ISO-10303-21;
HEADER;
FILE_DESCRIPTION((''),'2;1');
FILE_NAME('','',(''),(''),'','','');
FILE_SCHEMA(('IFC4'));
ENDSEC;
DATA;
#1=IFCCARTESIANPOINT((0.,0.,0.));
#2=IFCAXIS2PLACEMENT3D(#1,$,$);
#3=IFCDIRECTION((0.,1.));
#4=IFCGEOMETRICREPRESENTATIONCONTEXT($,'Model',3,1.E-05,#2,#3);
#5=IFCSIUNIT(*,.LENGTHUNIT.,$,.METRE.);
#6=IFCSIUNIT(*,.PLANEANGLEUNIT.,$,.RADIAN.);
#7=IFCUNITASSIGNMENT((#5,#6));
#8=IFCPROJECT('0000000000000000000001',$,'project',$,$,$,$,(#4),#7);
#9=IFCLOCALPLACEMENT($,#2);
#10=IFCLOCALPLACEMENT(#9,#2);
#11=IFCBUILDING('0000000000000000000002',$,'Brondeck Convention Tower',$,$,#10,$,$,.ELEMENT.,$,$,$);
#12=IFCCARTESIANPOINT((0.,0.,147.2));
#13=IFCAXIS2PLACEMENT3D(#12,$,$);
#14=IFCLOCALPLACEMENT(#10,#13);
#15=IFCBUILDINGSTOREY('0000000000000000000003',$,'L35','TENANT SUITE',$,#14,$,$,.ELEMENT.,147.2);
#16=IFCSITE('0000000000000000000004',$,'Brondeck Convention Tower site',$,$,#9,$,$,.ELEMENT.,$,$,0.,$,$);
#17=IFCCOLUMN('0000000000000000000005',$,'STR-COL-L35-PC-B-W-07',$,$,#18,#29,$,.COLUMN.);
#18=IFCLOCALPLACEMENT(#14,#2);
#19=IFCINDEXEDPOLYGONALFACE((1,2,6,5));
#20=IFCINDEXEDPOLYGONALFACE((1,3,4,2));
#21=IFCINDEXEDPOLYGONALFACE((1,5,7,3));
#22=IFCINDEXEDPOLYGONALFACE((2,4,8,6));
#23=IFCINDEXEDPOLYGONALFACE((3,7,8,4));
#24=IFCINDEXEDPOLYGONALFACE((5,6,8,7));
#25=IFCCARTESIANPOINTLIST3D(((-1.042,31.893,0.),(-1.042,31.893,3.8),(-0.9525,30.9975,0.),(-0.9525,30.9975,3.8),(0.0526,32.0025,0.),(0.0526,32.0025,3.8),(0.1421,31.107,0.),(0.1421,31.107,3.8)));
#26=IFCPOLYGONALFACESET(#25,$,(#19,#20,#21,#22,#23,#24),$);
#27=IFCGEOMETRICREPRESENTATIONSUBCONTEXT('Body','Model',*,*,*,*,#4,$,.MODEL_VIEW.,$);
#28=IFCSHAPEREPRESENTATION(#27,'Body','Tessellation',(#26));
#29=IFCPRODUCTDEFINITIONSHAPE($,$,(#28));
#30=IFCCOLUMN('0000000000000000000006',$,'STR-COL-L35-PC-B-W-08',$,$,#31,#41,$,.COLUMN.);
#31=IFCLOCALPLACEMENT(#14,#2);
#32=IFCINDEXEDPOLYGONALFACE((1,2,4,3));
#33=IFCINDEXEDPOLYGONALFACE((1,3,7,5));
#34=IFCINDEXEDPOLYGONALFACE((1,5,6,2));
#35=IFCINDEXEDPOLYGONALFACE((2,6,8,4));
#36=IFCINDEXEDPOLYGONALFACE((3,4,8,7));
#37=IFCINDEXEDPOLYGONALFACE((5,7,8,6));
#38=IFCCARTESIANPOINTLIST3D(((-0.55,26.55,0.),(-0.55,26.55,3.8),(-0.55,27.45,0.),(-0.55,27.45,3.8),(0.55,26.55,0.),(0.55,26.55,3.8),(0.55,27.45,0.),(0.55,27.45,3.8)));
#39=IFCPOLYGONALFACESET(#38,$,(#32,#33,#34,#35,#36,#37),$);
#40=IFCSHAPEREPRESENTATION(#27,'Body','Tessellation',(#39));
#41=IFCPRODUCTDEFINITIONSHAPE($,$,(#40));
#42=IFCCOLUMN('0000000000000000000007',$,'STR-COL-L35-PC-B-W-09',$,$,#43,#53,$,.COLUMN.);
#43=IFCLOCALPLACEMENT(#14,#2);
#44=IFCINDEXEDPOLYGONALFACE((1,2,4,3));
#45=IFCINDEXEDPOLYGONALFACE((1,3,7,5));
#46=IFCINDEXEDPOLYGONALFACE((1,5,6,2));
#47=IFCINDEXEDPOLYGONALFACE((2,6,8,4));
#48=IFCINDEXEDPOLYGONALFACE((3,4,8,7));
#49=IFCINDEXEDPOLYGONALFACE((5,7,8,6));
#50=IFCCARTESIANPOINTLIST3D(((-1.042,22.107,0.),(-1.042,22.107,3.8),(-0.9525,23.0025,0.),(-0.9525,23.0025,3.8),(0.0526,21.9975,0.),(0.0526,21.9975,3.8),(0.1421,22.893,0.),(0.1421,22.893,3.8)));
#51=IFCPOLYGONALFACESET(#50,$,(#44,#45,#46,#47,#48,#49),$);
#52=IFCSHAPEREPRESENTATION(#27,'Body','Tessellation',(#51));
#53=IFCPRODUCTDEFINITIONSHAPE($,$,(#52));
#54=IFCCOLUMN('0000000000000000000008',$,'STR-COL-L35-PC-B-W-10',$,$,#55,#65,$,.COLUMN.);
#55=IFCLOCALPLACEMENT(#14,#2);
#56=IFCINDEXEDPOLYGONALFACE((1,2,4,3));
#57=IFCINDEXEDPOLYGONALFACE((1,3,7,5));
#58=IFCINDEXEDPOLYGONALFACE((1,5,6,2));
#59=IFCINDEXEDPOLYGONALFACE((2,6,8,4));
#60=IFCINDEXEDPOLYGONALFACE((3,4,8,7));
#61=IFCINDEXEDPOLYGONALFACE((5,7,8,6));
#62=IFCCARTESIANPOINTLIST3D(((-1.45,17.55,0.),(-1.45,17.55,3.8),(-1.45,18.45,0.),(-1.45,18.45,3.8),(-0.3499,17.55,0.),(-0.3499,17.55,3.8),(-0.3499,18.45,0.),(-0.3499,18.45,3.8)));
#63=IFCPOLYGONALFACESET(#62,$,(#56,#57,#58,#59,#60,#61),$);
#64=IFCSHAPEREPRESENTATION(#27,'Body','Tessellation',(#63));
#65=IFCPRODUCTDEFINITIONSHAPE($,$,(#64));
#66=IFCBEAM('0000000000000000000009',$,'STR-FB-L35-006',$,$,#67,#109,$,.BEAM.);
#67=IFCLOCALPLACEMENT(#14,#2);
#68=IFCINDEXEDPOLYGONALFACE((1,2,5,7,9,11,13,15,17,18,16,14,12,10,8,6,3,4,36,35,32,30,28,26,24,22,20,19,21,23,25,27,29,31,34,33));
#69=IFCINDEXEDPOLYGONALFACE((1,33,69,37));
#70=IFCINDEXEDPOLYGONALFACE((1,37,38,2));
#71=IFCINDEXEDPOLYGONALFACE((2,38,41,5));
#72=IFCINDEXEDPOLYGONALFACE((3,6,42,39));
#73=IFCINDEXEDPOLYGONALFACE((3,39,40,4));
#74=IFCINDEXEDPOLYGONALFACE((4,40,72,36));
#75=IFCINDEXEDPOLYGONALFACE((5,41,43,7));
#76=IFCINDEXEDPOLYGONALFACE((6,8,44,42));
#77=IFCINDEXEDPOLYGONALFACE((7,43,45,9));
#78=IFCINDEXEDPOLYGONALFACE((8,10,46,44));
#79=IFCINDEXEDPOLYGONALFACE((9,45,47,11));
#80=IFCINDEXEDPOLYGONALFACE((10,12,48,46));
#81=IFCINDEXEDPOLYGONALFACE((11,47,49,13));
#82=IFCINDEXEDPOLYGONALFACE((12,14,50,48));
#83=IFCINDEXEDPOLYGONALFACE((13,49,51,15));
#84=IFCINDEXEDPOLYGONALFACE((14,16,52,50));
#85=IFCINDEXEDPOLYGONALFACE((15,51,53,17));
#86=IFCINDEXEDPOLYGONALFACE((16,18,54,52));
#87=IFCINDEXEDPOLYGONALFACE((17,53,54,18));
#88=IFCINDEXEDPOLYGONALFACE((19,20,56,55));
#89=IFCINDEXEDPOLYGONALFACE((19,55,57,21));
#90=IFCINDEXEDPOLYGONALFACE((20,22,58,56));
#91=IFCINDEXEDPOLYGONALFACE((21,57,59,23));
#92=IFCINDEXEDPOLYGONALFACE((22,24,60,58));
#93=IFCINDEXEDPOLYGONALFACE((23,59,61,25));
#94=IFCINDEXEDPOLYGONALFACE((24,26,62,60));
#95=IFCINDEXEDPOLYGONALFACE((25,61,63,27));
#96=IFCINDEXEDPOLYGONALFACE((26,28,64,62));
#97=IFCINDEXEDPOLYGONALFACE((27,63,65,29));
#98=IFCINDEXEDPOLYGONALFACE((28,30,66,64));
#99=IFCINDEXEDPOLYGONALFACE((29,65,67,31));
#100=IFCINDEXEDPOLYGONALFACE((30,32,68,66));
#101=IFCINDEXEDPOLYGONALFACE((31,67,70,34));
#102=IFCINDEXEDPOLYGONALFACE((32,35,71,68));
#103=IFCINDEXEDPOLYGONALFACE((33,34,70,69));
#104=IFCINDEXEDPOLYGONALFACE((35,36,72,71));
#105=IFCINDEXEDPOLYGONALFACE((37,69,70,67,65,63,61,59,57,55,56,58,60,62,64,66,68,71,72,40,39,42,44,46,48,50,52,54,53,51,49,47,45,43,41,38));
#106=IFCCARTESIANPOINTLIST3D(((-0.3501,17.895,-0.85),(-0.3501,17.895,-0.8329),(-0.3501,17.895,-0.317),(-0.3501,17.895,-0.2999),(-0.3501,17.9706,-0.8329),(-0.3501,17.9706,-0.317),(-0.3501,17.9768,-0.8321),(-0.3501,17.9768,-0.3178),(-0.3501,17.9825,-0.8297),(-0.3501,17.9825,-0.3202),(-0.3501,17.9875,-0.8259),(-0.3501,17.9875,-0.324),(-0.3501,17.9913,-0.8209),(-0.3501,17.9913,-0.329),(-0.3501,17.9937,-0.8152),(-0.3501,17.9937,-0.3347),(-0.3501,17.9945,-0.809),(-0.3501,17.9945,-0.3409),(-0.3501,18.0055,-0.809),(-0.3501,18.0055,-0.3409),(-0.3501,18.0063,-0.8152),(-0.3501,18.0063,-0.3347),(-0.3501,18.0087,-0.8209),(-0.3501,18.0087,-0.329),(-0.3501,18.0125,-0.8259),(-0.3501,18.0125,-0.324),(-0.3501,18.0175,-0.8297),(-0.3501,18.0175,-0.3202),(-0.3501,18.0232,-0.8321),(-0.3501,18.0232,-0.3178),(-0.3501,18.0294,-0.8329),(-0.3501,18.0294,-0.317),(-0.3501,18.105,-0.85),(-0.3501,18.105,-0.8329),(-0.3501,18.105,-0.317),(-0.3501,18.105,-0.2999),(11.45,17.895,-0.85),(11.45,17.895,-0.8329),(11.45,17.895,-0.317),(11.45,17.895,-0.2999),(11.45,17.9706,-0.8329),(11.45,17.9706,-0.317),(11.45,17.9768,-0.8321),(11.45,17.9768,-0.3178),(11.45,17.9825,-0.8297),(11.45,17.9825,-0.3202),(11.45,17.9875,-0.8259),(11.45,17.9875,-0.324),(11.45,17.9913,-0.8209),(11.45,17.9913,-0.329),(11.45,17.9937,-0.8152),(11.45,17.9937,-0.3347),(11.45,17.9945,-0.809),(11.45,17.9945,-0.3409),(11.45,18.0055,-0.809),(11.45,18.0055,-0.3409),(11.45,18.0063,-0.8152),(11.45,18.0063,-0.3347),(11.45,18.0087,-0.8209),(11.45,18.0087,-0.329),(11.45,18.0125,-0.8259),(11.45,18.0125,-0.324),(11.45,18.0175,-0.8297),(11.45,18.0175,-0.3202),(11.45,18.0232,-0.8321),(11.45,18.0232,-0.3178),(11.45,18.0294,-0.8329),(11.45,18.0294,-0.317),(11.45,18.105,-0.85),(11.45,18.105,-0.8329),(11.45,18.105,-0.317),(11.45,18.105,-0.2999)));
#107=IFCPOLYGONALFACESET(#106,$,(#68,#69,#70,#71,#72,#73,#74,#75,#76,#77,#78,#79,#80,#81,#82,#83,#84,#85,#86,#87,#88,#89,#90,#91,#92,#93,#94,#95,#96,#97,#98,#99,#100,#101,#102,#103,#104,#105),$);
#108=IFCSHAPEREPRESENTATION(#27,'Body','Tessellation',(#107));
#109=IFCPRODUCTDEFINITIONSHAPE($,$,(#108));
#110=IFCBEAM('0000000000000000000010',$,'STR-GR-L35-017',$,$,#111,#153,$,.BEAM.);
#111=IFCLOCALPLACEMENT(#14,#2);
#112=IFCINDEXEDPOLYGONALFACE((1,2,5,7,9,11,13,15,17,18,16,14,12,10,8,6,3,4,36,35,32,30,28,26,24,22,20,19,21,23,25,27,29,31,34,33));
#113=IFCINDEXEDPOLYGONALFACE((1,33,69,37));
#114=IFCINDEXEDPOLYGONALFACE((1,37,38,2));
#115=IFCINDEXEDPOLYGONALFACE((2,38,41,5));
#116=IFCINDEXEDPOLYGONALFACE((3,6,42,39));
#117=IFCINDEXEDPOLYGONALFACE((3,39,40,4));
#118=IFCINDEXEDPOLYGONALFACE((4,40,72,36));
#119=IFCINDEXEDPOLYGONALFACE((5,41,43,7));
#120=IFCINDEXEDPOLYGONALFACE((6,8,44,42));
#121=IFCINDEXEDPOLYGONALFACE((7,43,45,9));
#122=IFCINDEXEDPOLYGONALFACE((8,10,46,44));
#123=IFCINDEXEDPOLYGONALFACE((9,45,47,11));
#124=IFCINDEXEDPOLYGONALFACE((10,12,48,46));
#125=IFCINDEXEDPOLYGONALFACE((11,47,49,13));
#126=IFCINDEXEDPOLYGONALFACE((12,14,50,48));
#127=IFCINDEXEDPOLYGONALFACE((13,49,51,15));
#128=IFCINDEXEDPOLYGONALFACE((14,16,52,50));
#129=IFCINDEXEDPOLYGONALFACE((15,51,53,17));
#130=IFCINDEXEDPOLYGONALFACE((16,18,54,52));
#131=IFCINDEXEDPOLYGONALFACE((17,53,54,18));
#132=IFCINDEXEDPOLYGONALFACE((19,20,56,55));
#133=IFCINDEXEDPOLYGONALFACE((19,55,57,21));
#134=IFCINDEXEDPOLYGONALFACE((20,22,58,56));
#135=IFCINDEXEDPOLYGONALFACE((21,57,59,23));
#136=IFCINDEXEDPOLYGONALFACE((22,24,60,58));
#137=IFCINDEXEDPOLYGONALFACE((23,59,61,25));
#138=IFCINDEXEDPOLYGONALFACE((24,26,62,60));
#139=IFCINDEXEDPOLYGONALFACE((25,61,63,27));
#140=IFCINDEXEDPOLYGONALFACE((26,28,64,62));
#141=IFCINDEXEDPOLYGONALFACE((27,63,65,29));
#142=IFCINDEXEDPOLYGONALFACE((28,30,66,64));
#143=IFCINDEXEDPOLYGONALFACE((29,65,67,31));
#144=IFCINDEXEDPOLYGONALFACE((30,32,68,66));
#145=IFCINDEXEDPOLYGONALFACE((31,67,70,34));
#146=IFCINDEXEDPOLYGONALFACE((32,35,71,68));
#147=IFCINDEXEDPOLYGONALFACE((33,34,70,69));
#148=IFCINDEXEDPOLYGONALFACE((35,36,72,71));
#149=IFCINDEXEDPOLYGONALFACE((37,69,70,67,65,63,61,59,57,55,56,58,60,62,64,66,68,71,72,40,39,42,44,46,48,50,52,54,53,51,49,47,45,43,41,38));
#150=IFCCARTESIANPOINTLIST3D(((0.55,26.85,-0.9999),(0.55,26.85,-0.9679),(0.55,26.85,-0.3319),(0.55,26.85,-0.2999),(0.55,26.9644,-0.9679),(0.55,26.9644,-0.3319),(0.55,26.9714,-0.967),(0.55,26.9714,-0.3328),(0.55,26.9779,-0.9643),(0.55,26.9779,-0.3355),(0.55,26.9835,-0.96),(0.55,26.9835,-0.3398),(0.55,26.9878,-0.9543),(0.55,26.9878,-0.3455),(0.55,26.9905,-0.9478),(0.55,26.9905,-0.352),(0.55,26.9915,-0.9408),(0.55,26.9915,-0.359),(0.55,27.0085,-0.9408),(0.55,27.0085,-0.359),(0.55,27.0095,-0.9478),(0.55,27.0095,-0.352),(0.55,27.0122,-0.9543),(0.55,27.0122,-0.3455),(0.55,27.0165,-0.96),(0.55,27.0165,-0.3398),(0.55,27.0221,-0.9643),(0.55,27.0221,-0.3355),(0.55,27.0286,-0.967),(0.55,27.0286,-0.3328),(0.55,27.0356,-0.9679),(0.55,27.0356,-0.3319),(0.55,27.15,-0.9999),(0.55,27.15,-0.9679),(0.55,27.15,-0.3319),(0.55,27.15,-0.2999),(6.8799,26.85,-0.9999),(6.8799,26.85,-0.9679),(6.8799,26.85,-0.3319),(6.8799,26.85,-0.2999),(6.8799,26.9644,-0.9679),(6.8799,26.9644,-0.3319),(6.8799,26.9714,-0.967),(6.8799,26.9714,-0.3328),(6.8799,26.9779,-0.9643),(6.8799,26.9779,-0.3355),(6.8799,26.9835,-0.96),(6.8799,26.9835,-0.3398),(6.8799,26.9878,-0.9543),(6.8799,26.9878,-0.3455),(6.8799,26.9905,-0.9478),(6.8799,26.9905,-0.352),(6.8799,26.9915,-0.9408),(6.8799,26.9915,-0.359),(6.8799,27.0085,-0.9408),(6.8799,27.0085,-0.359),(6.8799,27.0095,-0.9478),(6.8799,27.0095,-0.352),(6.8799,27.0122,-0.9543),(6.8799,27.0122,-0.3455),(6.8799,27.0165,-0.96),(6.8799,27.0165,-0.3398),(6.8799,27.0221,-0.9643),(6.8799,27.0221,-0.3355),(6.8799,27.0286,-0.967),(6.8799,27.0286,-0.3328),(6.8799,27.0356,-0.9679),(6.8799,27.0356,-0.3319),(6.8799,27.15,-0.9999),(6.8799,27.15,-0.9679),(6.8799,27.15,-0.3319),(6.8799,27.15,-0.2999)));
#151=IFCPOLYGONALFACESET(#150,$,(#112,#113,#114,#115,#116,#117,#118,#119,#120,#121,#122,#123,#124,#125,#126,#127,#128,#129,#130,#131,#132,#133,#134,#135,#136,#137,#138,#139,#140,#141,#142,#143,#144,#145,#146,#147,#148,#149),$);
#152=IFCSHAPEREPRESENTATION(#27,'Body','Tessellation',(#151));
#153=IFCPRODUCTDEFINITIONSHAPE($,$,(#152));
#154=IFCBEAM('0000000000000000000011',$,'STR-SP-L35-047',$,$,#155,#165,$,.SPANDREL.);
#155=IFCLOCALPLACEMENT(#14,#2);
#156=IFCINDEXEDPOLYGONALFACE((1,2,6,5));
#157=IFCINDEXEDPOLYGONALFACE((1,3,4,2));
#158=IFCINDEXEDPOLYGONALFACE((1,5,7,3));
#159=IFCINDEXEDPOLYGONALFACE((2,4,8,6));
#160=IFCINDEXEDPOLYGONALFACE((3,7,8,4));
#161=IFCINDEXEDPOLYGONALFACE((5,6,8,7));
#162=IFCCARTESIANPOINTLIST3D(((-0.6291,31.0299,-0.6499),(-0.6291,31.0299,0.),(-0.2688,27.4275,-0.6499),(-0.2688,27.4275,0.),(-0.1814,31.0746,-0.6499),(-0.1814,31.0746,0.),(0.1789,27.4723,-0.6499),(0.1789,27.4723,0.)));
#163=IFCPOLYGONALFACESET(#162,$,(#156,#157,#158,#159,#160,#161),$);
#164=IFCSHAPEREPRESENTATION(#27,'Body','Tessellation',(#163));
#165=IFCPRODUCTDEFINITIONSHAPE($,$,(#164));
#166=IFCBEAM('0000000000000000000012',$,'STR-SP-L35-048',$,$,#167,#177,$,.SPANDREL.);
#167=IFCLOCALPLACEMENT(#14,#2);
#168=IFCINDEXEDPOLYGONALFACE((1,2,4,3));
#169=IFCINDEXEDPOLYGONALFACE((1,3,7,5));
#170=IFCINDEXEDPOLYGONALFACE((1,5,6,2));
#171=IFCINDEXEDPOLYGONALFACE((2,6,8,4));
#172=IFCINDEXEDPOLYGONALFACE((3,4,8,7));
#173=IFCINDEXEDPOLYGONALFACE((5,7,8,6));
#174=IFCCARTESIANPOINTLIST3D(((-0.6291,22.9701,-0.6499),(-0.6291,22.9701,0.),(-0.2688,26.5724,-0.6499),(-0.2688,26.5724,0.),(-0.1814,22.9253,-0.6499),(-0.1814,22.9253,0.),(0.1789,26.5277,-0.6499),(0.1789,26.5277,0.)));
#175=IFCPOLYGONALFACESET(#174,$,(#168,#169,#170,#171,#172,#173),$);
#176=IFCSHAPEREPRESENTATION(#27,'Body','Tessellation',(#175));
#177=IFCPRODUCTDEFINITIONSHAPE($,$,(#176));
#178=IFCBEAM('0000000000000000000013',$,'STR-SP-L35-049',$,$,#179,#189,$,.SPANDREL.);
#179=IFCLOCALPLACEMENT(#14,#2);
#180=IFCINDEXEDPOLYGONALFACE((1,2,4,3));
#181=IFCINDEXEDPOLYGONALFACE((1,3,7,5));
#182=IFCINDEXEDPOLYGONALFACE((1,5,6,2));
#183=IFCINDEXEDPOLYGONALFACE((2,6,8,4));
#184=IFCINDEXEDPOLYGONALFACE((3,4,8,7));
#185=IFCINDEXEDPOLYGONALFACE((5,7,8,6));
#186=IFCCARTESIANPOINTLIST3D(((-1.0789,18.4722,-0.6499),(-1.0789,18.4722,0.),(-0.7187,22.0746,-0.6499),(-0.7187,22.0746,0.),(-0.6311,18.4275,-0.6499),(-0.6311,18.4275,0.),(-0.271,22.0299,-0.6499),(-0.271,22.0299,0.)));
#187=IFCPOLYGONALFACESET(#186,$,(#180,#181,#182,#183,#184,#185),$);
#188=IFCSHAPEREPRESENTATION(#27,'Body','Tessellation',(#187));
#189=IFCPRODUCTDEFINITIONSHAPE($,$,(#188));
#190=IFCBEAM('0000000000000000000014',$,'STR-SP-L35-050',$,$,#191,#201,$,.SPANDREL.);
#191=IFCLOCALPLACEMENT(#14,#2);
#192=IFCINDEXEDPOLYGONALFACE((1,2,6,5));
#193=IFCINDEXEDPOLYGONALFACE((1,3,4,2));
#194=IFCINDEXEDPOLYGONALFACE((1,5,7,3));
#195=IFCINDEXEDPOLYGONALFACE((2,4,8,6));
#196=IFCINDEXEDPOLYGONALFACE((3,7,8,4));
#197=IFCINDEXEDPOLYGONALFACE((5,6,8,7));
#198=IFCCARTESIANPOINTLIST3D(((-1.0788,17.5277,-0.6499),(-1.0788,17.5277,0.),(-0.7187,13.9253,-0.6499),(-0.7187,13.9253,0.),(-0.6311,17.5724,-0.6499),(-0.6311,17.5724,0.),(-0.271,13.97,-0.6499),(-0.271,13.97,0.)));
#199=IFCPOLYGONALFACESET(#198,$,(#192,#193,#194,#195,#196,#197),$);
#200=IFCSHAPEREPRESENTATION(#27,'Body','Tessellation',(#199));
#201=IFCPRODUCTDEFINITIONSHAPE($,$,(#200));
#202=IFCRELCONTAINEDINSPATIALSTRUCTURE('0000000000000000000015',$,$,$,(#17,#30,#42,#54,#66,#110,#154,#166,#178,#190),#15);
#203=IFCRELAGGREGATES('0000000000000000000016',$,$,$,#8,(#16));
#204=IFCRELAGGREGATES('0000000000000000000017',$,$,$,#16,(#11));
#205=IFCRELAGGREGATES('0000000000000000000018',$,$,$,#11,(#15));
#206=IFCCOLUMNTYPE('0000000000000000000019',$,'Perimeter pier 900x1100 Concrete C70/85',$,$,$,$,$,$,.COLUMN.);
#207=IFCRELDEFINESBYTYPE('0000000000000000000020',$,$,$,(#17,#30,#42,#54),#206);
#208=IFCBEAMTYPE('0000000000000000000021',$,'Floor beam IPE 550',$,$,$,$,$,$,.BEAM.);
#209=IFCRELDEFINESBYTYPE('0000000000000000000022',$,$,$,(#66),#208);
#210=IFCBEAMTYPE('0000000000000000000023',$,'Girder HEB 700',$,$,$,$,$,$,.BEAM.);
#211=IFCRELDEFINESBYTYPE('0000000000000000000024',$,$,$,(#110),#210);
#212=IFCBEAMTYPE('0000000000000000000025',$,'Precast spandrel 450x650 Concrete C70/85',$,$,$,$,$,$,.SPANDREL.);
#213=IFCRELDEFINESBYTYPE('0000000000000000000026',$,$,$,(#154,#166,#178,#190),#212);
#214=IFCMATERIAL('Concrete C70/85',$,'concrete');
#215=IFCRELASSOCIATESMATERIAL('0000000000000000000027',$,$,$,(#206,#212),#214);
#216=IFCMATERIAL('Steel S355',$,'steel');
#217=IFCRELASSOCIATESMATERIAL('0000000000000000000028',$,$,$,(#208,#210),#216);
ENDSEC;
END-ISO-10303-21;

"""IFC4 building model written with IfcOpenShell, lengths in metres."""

from ifc_helpers import new_model, si_unit, direction, frame, origin, origin_2d, place, context, subcontext, project, spatial, rectangle, i_section, extrude, material, material_profile, profile_set, type_object, element, save


model = new_model("IFC4")

# Units and contexts
model_context = context("Model", 3, precision=1e-05, world=origin(), true_north=direction((0.0, 1.0)))
body_context = subcontext(model_context, "Body", "Model", "MODEL_VIEW")
ifc_project = project(units=[si_unit("LENGTHUNIT", "METRE"), si_unit("PLANEANGLEUNIT", "RADIAN")], contexts=[model_context])

# Site, building, storey
site_placement = place(None, origin())
site = spatial("IfcSite", under=ifc_project, at=site_placement, Name="Brondeck Convention Tower site", CompositionType="ELEMENT", RefElevation=0.0)
building_placement = place(site_placement, origin())
building = spatial("IfcBuilding", under=site, at=building_placement, Name="Brondeck Convention Tower", CompositionType="ELEMENT")
storey_placement = place(building_placement, frame((0.0, 0.0, 147.2)))
storey = spatial("IfcBuildingStorey", under=building, at=storey_placement, Name="L35", Description="TENANT SUITE", CompositionType="ELEMENT", Elevation=147.2)

# Columns
ifc_material_1 = material(Name="Concrete C70/85", Category="concrete")
ifc_material_profile_1 = material_profile(ifc_material_1, rectangle(XDim=0.8999, YDim=1.1001, at=origin_2d()), Name="Perimeter pier 900x1100 Concrete C70/85")
ifc_profile_set_1 = profile_set([ifc_material_profile_1], Name="Concrete C70/85")
column_type = type_object("IfcColumnType", Name="Perimeter pier 900x1100 Concrete C70/85", PredefinedType="COLUMN", material=ifc_profile_set_1)
for number, where, z_axis, x_axis, name in (
    (1, (-0.45, 31.5, 0.0), (0.0, 0.0, 1.0), (0.099504, -0.995037, 0.0), "STR-COL-L35-PC-B-W-07"),
    (2, (0.0, 27.0, 0.0), (0.0, 0.0, 1.0), (0.0, -1.0, 0.0), "STR-COL-L35-PC-B-W-08"),
    (3, (-0.45, 22.5, 0.0), (0.0, 0.0, 1.0), (-0.099504, -0.995037, 0.0), "STR-COL-L35-PC-B-W-09"),
    (4, (-0.8999, 18.0, 0.0), (0.0, 0.0, 1.0), (0.0, -1.0, 0.0), "STR-COL-L35-PC-B-W-10"),
):
    element("IfcColumn", number, at=place(storey_placement, frame(where, z_axis=z_axis, x_axis=x_axis)), inside=storey, type_object=column_type, Name=name, PredefinedType="COLUMN", context=body_context, shape_type="SweptSolid", body=[
        extrude(rectangle(XDim=0.8999, YDim=1.1001, at=origin_2d()), origin(), (0.0, 0.0, 1.0), 3.8),
    ])

# Beams
ifc_material_2 = material(Name="Steel S355", Category="steel")
ifc_material_profile_2 = material_profile(ifc_material_2, i_section(OverallWidth=0.21, OverallDepth=0.55, WebThickness=0.011, FlangeThickness=0.0171, FilletRadius=0.0239, at=origin_2d()), Name="IPE 550")
ifc_profile_set_2 = profile_set([ifc_material_profile_2], Name="Steel S355")
beam_type_1 = type_object("IfcBeamType", Name="Floor beam IPE 550", PredefinedType="BEAM", material=ifc_profile_set_2)
beam_1_placement = place(storey_placement, frame((-0.3501, 18.0, -0.575), z_axis=(1.0, 0.0, 0.0), x_axis=(0.0, 1.0, 0.0)))
element("IfcBeam", 5, at=beam_1_placement, inside=storey, type_object=beam_type_1, Name="STR-FB-L35-006", PredefinedType="BEAM", context=body_context, shape_type="SweptSolid", body=[
    extrude(i_section(OverallWidth=0.21, OverallDepth=0.55, WebThickness=0.011, FlangeThickness=0.0171, FilletRadius=0.0239, at=origin_2d()), origin(), (0.0, 0.0, 1.0), 11.8),
])
ifc_material_profile_3 = material_profile(ifc_material_2, i_section(OverallWidth=0.3, OverallDepth=0.7, WebThickness=0.0171, FlangeThickness=0.032, FilletRadius=0.0271, at=origin_2d()), Name="HEB 700")
ifc_profile_set_3 = profile_set([ifc_material_profile_3], Name="Steel S355")
beam_type_2 = type_object("IfcBeamType", Name="Girder HEB 700", PredefinedType="BEAM", material=ifc_profile_set_3)
beam_2_placement = place(storey_placement, frame((0.55, 27.0, -0.6499), z_axis=(1.0, 0.0, 0.0), x_axis=(0.0, 1.0, 0.0)))
element("IfcBeam", 6, at=beam_2_placement, inside=storey, type_object=beam_type_2, Name="STR-GR-L35-017", PredefinedType="BEAM", context=body_context, shape_type="SweptSolid", body=[
    extrude(i_section(OverallWidth=0.3, OverallDepth=0.7, WebThickness=0.0171, FlangeThickness=0.032, FilletRadius=0.0271, at=origin_2d()), origin(), (0.0, 0.0, 1.0), 6.3298),
])
ifc_material_profile_4 = material_profile(ifc_material_1, rectangle(XDim=0.45, YDim=0.6499, at=origin_2d()), Name="Precast spandrel 450x650 Concrete C70/85")
ifc_profile_set_4 = profile_set([ifc_material_profile_4], Name="Concrete C70/85")
beam_type_3 = type_object("IfcBeamType", Name="Precast spandrel 450x650 Concrete C70/85", PredefinedType="SPANDREL", material=ifc_profile_set_4)
for number, where, z_axis, x_axis, name in (
    (7, (-0.4053, 31.0522, -0.325), (0.099537, -0.995034, 0.0), (0.995034, 0.099537, 0.0), "STR-SP-L35-047"),
    (8, (-0.0449, 26.55, -0.325), (-0.099537, -0.995034, 0.0), (0.995034, -0.099537, 0.0), "STR-SP-L35-048"),
    (9, (-0.4949, 22.0522, -0.325), (-0.09947, -0.995041, 0.0), (0.995041, -0.09947, 0.0), "STR-SP-L35-049"),
    (10, (-0.855, 17.55, -0.325), (0.09947, -0.995041, 0.0), (0.995041, 0.09947, 0.0), "STR-SP-L35-050"),
):
    element("IfcBeam", number, at=place(storey_placement, frame(where, z_axis=z_axis, x_axis=x_axis)), inside=storey, type_object=beam_type_3, Name=name, PredefinedType="SPANDREL", context=body_context, shape_type="SweptSolid", body=[
        extrude(rectangle(XDim=0.45, YDim=0.6499, at=origin_2d()), origin(), (0.0, 0.0, 1.0), 3.6204),
    ])

save(model, "model.ifc")
